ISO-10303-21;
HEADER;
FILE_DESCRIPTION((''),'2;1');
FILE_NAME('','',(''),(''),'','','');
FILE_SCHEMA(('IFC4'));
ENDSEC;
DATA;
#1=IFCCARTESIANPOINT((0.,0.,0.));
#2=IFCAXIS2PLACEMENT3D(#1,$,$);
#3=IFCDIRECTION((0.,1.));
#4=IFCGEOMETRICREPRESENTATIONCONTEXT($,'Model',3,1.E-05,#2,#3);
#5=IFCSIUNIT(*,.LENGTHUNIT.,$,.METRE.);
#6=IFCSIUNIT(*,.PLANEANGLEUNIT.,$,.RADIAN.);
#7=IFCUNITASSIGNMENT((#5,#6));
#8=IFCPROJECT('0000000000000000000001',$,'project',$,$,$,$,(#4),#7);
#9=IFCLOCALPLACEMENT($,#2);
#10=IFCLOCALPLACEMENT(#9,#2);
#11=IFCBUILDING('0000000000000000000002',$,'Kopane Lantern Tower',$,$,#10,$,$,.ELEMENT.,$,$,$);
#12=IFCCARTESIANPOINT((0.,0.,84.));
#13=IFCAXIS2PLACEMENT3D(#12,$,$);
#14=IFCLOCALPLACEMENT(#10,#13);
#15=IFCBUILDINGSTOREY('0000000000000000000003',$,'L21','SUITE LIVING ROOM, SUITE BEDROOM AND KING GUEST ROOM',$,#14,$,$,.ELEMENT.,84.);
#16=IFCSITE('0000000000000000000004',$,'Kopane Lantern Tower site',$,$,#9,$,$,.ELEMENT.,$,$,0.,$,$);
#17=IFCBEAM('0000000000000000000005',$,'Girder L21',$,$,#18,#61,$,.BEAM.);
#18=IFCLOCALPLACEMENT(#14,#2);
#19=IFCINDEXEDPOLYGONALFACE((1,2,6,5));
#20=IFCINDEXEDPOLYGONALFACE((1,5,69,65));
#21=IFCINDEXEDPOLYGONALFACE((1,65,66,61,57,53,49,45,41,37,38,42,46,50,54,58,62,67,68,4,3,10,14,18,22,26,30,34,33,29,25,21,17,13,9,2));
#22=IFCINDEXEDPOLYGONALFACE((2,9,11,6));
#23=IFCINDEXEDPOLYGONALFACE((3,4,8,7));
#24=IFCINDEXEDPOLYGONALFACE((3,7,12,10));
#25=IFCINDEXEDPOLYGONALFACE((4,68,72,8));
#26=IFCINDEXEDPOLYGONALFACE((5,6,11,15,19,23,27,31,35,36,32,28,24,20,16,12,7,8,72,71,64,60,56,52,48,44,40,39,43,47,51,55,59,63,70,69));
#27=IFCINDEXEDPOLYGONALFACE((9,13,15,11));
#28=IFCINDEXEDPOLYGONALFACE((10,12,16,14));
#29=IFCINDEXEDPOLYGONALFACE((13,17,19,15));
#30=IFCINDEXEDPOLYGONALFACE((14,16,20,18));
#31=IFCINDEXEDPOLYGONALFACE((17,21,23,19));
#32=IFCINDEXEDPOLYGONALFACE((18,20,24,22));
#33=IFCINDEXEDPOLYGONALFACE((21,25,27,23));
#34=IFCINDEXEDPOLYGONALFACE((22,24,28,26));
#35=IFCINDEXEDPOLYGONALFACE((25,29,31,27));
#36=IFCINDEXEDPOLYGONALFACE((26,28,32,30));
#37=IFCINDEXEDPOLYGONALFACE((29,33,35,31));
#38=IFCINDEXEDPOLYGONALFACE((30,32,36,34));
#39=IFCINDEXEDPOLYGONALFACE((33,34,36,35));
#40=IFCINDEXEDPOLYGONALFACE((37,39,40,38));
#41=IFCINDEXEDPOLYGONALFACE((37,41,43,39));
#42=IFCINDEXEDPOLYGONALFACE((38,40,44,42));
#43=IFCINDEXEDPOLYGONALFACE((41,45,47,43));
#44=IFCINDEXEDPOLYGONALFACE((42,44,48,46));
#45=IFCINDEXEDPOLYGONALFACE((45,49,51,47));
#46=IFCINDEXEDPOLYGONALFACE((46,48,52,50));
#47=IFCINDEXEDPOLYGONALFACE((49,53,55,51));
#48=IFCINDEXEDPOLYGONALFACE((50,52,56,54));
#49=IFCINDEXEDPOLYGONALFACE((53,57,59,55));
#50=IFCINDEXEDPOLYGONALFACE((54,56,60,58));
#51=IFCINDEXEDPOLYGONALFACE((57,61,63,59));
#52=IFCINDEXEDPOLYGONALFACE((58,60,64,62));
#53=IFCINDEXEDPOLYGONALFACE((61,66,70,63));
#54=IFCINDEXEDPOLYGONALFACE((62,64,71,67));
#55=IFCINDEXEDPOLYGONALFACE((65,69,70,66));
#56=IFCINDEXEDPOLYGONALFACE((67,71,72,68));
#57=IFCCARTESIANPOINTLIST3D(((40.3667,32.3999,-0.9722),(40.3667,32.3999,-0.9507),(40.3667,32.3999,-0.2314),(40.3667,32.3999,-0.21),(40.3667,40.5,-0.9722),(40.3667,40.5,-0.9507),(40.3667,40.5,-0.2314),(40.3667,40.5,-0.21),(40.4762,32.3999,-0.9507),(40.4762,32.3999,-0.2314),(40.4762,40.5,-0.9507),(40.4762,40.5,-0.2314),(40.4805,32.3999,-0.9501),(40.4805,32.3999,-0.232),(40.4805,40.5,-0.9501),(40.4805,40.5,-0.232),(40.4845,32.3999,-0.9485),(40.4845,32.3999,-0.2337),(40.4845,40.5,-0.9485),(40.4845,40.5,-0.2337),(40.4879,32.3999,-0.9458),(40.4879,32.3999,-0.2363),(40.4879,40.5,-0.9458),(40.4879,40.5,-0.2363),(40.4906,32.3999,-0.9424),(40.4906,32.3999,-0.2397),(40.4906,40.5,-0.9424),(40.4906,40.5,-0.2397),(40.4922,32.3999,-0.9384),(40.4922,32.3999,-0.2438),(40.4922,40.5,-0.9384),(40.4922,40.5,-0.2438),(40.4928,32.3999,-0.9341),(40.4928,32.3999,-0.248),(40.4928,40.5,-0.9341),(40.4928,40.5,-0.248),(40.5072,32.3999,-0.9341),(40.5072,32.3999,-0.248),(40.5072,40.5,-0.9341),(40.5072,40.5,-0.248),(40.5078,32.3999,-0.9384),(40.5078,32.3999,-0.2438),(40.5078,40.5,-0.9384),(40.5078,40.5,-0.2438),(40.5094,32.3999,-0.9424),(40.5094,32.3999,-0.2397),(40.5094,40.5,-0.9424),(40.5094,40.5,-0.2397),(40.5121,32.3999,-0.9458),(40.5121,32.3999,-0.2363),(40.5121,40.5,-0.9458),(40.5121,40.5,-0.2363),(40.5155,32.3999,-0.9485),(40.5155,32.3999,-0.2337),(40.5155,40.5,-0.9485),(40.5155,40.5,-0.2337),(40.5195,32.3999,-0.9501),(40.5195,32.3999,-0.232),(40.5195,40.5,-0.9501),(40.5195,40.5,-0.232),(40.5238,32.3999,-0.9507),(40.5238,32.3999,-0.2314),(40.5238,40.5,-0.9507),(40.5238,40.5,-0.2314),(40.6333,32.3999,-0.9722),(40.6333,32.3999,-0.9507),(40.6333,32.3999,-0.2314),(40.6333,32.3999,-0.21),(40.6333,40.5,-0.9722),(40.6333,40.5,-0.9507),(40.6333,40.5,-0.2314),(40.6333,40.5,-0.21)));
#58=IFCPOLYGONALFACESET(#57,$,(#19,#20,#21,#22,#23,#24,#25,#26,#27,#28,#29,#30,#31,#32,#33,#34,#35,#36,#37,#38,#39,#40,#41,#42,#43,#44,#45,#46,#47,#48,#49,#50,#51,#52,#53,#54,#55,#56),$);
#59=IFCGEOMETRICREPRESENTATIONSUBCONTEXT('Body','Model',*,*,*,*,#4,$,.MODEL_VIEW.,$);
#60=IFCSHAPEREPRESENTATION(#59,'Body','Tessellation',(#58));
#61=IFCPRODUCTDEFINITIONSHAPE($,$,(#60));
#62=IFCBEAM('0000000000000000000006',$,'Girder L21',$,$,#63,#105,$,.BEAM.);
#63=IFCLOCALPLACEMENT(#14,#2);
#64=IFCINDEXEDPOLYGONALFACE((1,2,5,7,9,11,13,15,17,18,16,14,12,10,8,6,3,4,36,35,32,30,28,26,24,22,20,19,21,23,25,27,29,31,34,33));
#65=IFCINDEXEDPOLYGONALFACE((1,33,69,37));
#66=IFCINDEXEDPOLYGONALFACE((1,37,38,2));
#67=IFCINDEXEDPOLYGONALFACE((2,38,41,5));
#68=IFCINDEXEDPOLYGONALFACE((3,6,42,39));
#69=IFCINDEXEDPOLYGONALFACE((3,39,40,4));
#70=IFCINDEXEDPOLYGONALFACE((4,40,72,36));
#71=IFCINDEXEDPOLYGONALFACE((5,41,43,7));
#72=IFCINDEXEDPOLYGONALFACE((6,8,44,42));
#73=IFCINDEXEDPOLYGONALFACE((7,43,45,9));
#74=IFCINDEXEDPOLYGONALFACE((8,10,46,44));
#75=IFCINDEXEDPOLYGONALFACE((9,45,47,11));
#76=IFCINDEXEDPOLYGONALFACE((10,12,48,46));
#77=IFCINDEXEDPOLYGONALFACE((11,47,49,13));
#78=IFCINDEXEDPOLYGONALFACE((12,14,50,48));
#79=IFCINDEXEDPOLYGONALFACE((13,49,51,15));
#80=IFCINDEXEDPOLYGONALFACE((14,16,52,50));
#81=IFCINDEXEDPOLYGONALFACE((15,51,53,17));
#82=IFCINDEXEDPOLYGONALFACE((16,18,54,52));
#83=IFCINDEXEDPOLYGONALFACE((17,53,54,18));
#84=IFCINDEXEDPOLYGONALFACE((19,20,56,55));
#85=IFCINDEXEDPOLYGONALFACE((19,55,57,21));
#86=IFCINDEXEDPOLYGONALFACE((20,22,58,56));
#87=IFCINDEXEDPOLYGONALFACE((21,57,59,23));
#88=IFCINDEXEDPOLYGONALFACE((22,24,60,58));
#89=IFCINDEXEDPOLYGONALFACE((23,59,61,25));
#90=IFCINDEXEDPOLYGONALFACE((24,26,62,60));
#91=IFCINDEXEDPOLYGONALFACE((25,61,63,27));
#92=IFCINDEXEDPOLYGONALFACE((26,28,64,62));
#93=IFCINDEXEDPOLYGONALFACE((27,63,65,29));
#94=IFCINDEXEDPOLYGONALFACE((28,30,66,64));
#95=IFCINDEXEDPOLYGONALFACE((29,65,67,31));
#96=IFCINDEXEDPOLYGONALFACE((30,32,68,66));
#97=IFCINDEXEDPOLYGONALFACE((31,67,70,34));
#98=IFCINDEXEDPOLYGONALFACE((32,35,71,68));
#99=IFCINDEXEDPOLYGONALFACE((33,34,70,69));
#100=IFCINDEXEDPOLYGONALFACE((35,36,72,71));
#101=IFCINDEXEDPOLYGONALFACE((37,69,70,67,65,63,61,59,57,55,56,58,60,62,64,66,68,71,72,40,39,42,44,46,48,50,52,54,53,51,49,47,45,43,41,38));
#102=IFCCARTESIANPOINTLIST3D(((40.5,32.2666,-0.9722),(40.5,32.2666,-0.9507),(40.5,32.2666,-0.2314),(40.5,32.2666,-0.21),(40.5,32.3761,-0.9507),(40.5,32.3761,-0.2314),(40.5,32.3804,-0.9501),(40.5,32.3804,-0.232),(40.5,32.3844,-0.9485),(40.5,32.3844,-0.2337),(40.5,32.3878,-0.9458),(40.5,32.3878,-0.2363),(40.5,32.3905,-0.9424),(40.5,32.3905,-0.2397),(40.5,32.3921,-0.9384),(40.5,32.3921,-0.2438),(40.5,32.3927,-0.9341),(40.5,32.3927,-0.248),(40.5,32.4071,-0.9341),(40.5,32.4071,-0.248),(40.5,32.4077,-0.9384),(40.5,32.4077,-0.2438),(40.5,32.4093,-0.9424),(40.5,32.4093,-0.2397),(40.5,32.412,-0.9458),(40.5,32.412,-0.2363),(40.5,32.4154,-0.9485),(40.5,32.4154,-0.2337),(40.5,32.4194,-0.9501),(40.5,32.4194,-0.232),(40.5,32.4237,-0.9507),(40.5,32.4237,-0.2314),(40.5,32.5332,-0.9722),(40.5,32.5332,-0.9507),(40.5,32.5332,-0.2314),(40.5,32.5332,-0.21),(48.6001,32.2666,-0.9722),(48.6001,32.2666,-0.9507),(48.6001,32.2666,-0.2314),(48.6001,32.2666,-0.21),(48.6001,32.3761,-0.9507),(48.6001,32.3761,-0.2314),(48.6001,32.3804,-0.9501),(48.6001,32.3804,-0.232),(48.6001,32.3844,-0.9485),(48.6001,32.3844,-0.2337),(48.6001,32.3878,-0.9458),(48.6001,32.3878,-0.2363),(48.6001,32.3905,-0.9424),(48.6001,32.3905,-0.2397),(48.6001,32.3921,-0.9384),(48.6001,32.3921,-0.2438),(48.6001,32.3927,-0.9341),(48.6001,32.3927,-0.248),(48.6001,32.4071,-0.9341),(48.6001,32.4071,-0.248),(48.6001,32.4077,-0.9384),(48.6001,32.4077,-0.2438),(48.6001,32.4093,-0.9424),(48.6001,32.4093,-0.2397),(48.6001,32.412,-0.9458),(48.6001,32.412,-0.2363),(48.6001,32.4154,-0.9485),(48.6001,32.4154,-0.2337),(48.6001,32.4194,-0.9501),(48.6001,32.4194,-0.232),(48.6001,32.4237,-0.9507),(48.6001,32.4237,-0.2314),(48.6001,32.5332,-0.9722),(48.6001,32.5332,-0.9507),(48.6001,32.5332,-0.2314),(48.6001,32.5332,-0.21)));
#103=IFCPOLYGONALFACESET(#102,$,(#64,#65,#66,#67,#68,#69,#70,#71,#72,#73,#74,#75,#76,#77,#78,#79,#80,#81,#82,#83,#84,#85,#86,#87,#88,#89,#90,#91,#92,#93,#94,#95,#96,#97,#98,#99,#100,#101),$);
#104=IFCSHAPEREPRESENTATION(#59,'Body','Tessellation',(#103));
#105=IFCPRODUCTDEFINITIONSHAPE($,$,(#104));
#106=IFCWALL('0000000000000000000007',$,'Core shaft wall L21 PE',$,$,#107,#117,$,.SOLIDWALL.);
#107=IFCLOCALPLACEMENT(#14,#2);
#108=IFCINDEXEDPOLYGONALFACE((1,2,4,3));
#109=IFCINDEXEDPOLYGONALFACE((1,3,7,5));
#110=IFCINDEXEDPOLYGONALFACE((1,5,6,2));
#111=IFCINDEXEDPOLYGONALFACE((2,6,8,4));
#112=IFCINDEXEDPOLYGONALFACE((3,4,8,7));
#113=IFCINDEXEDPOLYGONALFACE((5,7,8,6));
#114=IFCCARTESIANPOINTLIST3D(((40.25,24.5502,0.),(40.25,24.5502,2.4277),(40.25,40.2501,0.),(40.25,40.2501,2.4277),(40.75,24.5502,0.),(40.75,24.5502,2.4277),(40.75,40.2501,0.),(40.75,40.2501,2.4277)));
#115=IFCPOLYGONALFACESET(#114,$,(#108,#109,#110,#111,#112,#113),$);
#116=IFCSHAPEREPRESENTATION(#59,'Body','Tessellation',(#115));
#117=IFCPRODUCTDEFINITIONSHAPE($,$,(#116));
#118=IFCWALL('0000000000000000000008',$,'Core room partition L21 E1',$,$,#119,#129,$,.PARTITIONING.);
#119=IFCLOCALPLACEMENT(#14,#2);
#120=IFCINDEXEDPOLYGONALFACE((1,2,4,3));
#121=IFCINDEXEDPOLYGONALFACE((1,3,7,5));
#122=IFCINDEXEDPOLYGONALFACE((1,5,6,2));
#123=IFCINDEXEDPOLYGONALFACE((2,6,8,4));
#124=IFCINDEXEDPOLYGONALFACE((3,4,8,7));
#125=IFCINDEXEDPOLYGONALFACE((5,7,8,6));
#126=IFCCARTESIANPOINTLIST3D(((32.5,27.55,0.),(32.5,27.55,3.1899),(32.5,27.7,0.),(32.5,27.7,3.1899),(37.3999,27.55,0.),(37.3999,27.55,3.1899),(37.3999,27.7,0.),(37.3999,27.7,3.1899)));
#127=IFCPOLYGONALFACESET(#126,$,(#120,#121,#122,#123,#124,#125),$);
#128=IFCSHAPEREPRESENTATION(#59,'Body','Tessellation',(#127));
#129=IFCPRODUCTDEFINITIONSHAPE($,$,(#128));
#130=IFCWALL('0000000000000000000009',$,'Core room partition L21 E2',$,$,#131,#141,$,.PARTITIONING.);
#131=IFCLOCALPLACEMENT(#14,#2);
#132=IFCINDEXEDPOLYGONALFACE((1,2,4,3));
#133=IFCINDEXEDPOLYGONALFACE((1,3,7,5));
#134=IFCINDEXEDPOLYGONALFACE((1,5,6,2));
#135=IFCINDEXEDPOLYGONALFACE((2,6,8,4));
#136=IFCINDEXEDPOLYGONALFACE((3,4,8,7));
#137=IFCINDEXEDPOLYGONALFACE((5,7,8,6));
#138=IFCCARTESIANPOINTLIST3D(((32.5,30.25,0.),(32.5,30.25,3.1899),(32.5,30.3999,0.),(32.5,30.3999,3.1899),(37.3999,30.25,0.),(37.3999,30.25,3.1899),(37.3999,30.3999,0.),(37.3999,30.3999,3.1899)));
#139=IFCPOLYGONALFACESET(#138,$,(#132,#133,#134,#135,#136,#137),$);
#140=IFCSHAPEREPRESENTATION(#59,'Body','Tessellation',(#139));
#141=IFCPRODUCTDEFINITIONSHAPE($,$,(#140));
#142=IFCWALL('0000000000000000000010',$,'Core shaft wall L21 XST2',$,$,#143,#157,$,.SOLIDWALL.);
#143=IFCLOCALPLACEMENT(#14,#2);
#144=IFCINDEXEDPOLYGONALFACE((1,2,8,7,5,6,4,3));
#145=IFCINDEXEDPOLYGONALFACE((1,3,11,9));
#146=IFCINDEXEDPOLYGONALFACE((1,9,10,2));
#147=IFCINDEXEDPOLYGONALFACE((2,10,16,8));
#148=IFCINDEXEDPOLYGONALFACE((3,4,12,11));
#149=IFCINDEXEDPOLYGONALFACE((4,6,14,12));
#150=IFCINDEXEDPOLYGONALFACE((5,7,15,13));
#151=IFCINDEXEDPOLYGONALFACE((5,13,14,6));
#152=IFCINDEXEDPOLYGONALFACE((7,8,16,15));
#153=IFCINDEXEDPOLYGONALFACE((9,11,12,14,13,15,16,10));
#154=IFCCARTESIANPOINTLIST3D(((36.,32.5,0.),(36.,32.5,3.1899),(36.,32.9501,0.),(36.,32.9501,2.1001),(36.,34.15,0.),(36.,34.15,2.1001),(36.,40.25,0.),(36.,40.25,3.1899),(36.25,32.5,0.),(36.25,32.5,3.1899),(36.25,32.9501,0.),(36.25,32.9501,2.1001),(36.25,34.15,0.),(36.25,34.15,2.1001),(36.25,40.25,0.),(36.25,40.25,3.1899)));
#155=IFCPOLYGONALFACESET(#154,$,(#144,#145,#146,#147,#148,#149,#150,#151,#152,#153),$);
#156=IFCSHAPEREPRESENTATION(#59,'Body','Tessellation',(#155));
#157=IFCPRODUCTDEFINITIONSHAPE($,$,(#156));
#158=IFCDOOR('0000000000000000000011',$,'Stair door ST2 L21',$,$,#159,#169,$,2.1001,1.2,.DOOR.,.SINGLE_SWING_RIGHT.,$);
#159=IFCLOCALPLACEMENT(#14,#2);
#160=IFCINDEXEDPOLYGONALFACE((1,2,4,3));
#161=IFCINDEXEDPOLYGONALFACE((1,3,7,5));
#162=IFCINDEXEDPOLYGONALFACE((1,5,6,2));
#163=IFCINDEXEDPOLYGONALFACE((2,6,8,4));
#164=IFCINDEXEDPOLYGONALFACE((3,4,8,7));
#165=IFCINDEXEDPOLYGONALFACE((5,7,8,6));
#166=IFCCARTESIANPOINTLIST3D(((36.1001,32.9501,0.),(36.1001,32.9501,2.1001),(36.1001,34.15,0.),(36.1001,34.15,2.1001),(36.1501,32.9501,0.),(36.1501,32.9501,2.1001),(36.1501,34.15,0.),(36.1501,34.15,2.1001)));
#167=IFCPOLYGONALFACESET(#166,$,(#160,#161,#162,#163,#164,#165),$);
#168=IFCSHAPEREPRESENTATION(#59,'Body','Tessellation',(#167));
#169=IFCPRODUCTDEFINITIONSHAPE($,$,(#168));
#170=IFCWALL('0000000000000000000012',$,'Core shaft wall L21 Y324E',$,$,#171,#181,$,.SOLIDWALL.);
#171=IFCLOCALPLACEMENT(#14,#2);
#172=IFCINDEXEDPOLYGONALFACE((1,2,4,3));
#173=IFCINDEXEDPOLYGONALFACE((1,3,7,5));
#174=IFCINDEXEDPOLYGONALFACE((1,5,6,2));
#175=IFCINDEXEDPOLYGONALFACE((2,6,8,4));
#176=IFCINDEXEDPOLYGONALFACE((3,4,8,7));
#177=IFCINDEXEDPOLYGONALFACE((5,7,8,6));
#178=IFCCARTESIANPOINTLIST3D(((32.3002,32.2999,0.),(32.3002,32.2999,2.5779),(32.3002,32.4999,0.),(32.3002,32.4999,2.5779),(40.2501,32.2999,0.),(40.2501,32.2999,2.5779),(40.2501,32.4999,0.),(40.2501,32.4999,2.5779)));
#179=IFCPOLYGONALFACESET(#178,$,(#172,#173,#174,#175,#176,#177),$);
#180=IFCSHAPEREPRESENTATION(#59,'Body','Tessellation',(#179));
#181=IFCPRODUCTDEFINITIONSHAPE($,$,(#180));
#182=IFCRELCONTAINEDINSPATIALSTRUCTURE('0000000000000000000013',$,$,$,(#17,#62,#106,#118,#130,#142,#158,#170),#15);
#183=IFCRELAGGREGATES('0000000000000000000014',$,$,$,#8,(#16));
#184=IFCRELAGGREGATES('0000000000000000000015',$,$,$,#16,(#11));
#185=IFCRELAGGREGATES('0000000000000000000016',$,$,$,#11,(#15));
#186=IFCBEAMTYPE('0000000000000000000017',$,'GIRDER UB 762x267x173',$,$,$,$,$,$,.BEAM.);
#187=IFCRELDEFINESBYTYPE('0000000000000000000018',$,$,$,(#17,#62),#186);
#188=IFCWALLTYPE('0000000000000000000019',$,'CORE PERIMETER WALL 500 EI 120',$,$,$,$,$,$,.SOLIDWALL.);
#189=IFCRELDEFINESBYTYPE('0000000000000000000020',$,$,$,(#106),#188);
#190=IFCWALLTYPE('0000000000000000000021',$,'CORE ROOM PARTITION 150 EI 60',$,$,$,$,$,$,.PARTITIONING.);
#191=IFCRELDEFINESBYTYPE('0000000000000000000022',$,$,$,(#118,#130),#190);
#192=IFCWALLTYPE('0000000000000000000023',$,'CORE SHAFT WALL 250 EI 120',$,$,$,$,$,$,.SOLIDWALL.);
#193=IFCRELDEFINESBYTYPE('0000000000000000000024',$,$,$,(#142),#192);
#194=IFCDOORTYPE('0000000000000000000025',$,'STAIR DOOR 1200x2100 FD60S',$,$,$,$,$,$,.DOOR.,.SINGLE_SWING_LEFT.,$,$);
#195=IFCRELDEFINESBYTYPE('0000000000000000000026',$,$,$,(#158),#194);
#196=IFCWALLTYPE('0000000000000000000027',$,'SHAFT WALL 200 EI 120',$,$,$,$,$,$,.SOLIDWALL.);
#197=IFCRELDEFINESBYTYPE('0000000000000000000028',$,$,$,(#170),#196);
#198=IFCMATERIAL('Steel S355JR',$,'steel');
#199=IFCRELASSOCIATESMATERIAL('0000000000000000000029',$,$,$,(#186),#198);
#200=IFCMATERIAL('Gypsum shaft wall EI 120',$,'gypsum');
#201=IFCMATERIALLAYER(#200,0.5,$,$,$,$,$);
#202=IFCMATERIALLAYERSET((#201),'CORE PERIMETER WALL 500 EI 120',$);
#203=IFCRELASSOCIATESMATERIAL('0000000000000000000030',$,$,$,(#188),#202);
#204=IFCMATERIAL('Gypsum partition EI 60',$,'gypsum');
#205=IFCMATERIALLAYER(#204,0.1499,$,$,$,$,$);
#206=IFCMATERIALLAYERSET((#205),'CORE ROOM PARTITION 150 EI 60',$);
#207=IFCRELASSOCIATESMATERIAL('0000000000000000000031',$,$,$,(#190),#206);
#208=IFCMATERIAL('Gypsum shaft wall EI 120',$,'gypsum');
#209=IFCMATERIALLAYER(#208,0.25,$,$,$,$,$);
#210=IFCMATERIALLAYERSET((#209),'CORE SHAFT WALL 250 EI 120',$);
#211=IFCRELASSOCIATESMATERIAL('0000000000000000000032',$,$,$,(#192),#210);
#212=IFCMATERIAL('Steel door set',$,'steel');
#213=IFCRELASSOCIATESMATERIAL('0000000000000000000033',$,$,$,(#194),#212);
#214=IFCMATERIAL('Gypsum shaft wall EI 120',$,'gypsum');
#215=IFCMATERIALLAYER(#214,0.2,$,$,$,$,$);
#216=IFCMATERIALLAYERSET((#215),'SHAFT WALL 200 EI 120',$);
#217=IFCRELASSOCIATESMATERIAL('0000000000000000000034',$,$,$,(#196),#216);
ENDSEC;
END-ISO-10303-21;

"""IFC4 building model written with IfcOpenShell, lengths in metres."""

from ifc_helpers import new_model, si_unit, direction, frame, frame_2d, origin, origin_2d, place, context, subcontext, project, spatial, rectangle, i_section, extrude, material, layer, layer_set, material_profile, profile_set, type_object, element, fill, save


model = new_model("IFC4")

# Units and contexts
model_context = context("Model", 3, precision=1e-05, world=origin(), true_north=direction((0.0, 1.0)))
body_context = subcontext(model_context, "Body", "Model", "MODEL_VIEW")
ifc_project = project(units=[si_unit("LENGTHUNIT", "METRE"), si_unit("PLANEANGLEUNIT", "RADIAN")], contexts=[model_context])

# Site, building, storey
site_placement = place(None, origin())
site = spatial("IfcSite", under=ifc_project, at=site_placement, Name="Kopane Lantern Tower site", CompositionType="ELEMENT", RefElevation=0.0)
building_placement = place(site_placement, origin())
building = spatial("IfcBuilding", under=site, at=building_placement, Name="Kopane Lantern Tower", CompositionType="ELEMENT")
storey_placement = place(building_placement, frame((0.0, 0.0, 84.0)))
storey = spatial("IfcBuildingStorey", under=building, at=storey_placement, Name="L21", Description="SUITE LIVING ROOM, SUITE BEDROOM AND KING GUEST ROOM", CompositionType="ELEMENT", Elevation=84.0)

# Beams
ifc_material_1 = material(Name="Steel S355JR", Category="steel")
ifc_material_profile_1 = material_profile(ifc_material_1, i_section(OverallWidth=0.2666, OverallDepth=0.7622, WebThickness=0.0144, FlangeThickness=0.0215, FilletRadius=0.0166, at=origin_2d()), Name="UB 762x267x173")
ifc_profile_set_1 = profile_set([ifc_material_profile_1], Name="Steel S355JR")
beam_type_1 = type_object("IfcBeamType", Name="GIRDER UB 762x267x173", PredefinedType="BEAM", material=ifc_profile_set_1)
for number, where, z_axis, x_axis, name in (
    (1, (40.5, 32.3999, -0.5911), (0.0, 1.0, 0.0), (-1.0, 0.0, 0.0), "Girder L21"),
    (2, (40.5, 32.3999, -0.5911), (1.0, 0.0, 0.0), (0.0, 1.0, 0.0), "Girder L21"),
):
    element("IfcBeam", number, at=place(storey_placement, frame(where, z_axis=z_axis, x_axis=x_axis)), inside=storey, type_object=beam_type_1, Name=name, PredefinedType="BEAM", context=body_context, shape_type="SweptSolid", body=[
        extrude(i_section(OverallWidth=0.2666, OverallDepth=0.7622, WebThickness=0.0144, FlangeThickness=0.0215, FilletRadius=0.0166, at=origin_2d()), origin(), (0.0, 0.0, 1.0), 8.1001),
    ])

# Walls
ifc_material_2 = material(Name="Gypsum shaft wall EI 120", Category="gypsum")
ifc_layer_1 = layer(ifc_material_2, 0.5)
ifc_layer_set_1 = layer_set([ifc_layer_1], Name="CORE PERIMETER WALL 500 EI 120")
wall_type_1 = type_object("IfcWallType", Name="CORE PERIMETER WALL 500 EI 120", PredefinedType="SOLIDWALL", material=ifc_layer_set_1)
wall_1_placement = place(storey_placement, frame((40.5, 24.55, 0.0), z_axis=(0.0, 0.0, 1.0), x_axis=(0.0, 1.0, 0.0)))
element("IfcWall", 3, at=wall_1_placement, inside=storey, type_object=wall_type_1, Name="Core shaft wall L21 PE", PredefinedType="SOLIDWALL", context=body_context, shape_type="SweptSolid", body=[
    extrude(rectangle(XDim=15.7, YDim=0.5, at=frame_2d((7.8501, 0.0))), origin(), (0.0, 0.0, 1.0), 2.4277),
])
ifc_material_3 = material(Name="Gypsum partition EI 60", Category="gypsum")
ifc_layer_2 = layer(ifc_material_3, 0.1499)
ifc_layer_set_2 = layer_set([ifc_layer_2], Name="CORE ROOM PARTITION 150 EI 60")
wall_type_2 = type_object("IfcWallType", Name="CORE ROOM PARTITION 150 EI 60", PredefinedType="PARTITIONING", material=ifc_layer_set_2)
for number, where, z_axis, x_axis, name in (
    (4, (32.5, 27.625, 0.0), (0.0, 0.0, 1.0), (1.0, 0.0, 0.0), "Core room partition L21 E1"),
    (5, (32.5, 30.325, 0.0), (0.0, 0.0, 1.0), (1.0, 0.0, 0.0), "Core room partition L21 E2"),
):
    element("IfcWall", number, at=place(storey_placement, frame(where, z_axis=z_axis, x_axis=x_axis)), inside=storey, type_object=wall_type_2, Name=name, PredefinedType="PARTITIONING", context=body_context, shape_type="SweptSolid", body=[
        extrude(rectangle(XDim=4.8999, YDim=0.1499, at=frame_2d((2.45, 0.0))), origin(), (0.0, 0.0, 1.0), 3.1899),
    ])

# Wall, opening, door
ifc_material_4 = material(Name="Gypsum shaft wall EI 120", Category="gypsum")
ifc_layer_3 = layer(ifc_material_4, 0.25)
ifc_layer_set_3 = layer_set([ifc_layer_3], Name="CORE SHAFT WALL 250 EI 120")
wall_type_3 = type_object("IfcWallType", Name="CORE SHAFT WALL 250 EI 120", PredefinedType="SOLIDWALL", material=ifc_layer_set_3)
wall_2_placement = place(storey_placement, frame((36.125, 32.5, 0.0), z_axis=(0.0, 0.0, 1.0), x_axis=(0.0, 1.0, 0.0)))
wall_2 = element("IfcWall", 6, at=wall_2_placement, inside=storey, type_object=wall_type_3, Name="Core shaft wall L21 XST2", PredefinedType="SOLIDWALL", context=body_context, shape_type="SweptSolid", body=[
    extrude(rectangle(XDim=7.75, YDim=0.25, at=frame_2d((3.875, 0.0))), origin(), (0.0, 0.0, 1.0), 3.1899),
])
opening_1_placement = place(wall_2_placement, frame((0.45, 0.0, 0.0)))
opening_1 = element("IfcOpeningElement", 7, at=opening_1_placement, cuts=wall_2, PredefinedType="OPENING", context=body_context, shape_type="SweptSolid", body=[
    extrude(rectangle(XDim=1.2, YDim=2.1001, at=frame_2d((0.6001, 1.05))), frame((0.0, 0.135, 0.0), z_axis=(0.0, -1.0, 0.0), x_axis=(1.0, 0.0, 0.0)), (0.0, 0.0, 1.0), 0.27),
])
ifc_material_5 = material(Name="Steel door set", Category="steel")
door_type_1 = type_object("IfcDoorType", Name="STAIR DOOR 1200x2100 FD60S", OperationType="SINGLE_SWING_LEFT", PredefinedType="DOOR", material=ifc_material_5)
door_1_placement = place(opening_1_placement, origin())
door_1 = element("IfcDoor", 8, at=door_1_placement, inside=storey, type_object=door_type_1, Name="Stair door ST2 L21", OperationType="SINGLE_SWING_RIGHT", OverallHeight=2.1001, OverallWidth=1.2, PredefinedType="DOOR", context=body_context, shape_type="SweptSolid", body=[
    extrude(rectangle(XDim=1.2, YDim=2.1001, at=frame_2d((0.6001, 1.05))), frame((0.0, 0.0249, 0.0), z_axis=(0.0, -1.0, 0.0), x_axis=(1.0, 0.0, 0.0)), (0.0, 0.0, 1.0), 0.05),
])
fill(opening_1, door_1)

# Wall
ifc_material_6 = material(Name="Gypsum shaft wall EI 120", Category="gypsum")
ifc_layer_4 = layer(ifc_material_6, 0.2)
ifc_layer_set_4 = layer_set([ifc_layer_4], Name="SHAFT WALL 200 EI 120")
wall_type_4 = type_object("IfcWallType", Name="SHAFT WALL 200 EI 120", PredefinedType="SOLIDWALL", material=ifc_layer_set_4)
wall_3_placement = place(storey_placement, frame((32.3, 32.3999, 0.0), z_axis=(0.0, 0.0, 1.0), x_axis=(1.0, 0.0, 0.0)))
element("IfcWall", 9, at=wall_3_placement, inside=storey, type_object=wall_type_4, Name="Core shaft wall L21 Y324E", PredefinedType="SOLIDWALL", context=body_context, shape_type="SweptSolid", body=[
    extrude(rectangle(XDim=7.95, YDim=0.2, at=frame_2d((3.9751, 0.0))), origin(), (0.0, 0.0, 1.0), 2.5779),
])

save(model, "model.ifc")
